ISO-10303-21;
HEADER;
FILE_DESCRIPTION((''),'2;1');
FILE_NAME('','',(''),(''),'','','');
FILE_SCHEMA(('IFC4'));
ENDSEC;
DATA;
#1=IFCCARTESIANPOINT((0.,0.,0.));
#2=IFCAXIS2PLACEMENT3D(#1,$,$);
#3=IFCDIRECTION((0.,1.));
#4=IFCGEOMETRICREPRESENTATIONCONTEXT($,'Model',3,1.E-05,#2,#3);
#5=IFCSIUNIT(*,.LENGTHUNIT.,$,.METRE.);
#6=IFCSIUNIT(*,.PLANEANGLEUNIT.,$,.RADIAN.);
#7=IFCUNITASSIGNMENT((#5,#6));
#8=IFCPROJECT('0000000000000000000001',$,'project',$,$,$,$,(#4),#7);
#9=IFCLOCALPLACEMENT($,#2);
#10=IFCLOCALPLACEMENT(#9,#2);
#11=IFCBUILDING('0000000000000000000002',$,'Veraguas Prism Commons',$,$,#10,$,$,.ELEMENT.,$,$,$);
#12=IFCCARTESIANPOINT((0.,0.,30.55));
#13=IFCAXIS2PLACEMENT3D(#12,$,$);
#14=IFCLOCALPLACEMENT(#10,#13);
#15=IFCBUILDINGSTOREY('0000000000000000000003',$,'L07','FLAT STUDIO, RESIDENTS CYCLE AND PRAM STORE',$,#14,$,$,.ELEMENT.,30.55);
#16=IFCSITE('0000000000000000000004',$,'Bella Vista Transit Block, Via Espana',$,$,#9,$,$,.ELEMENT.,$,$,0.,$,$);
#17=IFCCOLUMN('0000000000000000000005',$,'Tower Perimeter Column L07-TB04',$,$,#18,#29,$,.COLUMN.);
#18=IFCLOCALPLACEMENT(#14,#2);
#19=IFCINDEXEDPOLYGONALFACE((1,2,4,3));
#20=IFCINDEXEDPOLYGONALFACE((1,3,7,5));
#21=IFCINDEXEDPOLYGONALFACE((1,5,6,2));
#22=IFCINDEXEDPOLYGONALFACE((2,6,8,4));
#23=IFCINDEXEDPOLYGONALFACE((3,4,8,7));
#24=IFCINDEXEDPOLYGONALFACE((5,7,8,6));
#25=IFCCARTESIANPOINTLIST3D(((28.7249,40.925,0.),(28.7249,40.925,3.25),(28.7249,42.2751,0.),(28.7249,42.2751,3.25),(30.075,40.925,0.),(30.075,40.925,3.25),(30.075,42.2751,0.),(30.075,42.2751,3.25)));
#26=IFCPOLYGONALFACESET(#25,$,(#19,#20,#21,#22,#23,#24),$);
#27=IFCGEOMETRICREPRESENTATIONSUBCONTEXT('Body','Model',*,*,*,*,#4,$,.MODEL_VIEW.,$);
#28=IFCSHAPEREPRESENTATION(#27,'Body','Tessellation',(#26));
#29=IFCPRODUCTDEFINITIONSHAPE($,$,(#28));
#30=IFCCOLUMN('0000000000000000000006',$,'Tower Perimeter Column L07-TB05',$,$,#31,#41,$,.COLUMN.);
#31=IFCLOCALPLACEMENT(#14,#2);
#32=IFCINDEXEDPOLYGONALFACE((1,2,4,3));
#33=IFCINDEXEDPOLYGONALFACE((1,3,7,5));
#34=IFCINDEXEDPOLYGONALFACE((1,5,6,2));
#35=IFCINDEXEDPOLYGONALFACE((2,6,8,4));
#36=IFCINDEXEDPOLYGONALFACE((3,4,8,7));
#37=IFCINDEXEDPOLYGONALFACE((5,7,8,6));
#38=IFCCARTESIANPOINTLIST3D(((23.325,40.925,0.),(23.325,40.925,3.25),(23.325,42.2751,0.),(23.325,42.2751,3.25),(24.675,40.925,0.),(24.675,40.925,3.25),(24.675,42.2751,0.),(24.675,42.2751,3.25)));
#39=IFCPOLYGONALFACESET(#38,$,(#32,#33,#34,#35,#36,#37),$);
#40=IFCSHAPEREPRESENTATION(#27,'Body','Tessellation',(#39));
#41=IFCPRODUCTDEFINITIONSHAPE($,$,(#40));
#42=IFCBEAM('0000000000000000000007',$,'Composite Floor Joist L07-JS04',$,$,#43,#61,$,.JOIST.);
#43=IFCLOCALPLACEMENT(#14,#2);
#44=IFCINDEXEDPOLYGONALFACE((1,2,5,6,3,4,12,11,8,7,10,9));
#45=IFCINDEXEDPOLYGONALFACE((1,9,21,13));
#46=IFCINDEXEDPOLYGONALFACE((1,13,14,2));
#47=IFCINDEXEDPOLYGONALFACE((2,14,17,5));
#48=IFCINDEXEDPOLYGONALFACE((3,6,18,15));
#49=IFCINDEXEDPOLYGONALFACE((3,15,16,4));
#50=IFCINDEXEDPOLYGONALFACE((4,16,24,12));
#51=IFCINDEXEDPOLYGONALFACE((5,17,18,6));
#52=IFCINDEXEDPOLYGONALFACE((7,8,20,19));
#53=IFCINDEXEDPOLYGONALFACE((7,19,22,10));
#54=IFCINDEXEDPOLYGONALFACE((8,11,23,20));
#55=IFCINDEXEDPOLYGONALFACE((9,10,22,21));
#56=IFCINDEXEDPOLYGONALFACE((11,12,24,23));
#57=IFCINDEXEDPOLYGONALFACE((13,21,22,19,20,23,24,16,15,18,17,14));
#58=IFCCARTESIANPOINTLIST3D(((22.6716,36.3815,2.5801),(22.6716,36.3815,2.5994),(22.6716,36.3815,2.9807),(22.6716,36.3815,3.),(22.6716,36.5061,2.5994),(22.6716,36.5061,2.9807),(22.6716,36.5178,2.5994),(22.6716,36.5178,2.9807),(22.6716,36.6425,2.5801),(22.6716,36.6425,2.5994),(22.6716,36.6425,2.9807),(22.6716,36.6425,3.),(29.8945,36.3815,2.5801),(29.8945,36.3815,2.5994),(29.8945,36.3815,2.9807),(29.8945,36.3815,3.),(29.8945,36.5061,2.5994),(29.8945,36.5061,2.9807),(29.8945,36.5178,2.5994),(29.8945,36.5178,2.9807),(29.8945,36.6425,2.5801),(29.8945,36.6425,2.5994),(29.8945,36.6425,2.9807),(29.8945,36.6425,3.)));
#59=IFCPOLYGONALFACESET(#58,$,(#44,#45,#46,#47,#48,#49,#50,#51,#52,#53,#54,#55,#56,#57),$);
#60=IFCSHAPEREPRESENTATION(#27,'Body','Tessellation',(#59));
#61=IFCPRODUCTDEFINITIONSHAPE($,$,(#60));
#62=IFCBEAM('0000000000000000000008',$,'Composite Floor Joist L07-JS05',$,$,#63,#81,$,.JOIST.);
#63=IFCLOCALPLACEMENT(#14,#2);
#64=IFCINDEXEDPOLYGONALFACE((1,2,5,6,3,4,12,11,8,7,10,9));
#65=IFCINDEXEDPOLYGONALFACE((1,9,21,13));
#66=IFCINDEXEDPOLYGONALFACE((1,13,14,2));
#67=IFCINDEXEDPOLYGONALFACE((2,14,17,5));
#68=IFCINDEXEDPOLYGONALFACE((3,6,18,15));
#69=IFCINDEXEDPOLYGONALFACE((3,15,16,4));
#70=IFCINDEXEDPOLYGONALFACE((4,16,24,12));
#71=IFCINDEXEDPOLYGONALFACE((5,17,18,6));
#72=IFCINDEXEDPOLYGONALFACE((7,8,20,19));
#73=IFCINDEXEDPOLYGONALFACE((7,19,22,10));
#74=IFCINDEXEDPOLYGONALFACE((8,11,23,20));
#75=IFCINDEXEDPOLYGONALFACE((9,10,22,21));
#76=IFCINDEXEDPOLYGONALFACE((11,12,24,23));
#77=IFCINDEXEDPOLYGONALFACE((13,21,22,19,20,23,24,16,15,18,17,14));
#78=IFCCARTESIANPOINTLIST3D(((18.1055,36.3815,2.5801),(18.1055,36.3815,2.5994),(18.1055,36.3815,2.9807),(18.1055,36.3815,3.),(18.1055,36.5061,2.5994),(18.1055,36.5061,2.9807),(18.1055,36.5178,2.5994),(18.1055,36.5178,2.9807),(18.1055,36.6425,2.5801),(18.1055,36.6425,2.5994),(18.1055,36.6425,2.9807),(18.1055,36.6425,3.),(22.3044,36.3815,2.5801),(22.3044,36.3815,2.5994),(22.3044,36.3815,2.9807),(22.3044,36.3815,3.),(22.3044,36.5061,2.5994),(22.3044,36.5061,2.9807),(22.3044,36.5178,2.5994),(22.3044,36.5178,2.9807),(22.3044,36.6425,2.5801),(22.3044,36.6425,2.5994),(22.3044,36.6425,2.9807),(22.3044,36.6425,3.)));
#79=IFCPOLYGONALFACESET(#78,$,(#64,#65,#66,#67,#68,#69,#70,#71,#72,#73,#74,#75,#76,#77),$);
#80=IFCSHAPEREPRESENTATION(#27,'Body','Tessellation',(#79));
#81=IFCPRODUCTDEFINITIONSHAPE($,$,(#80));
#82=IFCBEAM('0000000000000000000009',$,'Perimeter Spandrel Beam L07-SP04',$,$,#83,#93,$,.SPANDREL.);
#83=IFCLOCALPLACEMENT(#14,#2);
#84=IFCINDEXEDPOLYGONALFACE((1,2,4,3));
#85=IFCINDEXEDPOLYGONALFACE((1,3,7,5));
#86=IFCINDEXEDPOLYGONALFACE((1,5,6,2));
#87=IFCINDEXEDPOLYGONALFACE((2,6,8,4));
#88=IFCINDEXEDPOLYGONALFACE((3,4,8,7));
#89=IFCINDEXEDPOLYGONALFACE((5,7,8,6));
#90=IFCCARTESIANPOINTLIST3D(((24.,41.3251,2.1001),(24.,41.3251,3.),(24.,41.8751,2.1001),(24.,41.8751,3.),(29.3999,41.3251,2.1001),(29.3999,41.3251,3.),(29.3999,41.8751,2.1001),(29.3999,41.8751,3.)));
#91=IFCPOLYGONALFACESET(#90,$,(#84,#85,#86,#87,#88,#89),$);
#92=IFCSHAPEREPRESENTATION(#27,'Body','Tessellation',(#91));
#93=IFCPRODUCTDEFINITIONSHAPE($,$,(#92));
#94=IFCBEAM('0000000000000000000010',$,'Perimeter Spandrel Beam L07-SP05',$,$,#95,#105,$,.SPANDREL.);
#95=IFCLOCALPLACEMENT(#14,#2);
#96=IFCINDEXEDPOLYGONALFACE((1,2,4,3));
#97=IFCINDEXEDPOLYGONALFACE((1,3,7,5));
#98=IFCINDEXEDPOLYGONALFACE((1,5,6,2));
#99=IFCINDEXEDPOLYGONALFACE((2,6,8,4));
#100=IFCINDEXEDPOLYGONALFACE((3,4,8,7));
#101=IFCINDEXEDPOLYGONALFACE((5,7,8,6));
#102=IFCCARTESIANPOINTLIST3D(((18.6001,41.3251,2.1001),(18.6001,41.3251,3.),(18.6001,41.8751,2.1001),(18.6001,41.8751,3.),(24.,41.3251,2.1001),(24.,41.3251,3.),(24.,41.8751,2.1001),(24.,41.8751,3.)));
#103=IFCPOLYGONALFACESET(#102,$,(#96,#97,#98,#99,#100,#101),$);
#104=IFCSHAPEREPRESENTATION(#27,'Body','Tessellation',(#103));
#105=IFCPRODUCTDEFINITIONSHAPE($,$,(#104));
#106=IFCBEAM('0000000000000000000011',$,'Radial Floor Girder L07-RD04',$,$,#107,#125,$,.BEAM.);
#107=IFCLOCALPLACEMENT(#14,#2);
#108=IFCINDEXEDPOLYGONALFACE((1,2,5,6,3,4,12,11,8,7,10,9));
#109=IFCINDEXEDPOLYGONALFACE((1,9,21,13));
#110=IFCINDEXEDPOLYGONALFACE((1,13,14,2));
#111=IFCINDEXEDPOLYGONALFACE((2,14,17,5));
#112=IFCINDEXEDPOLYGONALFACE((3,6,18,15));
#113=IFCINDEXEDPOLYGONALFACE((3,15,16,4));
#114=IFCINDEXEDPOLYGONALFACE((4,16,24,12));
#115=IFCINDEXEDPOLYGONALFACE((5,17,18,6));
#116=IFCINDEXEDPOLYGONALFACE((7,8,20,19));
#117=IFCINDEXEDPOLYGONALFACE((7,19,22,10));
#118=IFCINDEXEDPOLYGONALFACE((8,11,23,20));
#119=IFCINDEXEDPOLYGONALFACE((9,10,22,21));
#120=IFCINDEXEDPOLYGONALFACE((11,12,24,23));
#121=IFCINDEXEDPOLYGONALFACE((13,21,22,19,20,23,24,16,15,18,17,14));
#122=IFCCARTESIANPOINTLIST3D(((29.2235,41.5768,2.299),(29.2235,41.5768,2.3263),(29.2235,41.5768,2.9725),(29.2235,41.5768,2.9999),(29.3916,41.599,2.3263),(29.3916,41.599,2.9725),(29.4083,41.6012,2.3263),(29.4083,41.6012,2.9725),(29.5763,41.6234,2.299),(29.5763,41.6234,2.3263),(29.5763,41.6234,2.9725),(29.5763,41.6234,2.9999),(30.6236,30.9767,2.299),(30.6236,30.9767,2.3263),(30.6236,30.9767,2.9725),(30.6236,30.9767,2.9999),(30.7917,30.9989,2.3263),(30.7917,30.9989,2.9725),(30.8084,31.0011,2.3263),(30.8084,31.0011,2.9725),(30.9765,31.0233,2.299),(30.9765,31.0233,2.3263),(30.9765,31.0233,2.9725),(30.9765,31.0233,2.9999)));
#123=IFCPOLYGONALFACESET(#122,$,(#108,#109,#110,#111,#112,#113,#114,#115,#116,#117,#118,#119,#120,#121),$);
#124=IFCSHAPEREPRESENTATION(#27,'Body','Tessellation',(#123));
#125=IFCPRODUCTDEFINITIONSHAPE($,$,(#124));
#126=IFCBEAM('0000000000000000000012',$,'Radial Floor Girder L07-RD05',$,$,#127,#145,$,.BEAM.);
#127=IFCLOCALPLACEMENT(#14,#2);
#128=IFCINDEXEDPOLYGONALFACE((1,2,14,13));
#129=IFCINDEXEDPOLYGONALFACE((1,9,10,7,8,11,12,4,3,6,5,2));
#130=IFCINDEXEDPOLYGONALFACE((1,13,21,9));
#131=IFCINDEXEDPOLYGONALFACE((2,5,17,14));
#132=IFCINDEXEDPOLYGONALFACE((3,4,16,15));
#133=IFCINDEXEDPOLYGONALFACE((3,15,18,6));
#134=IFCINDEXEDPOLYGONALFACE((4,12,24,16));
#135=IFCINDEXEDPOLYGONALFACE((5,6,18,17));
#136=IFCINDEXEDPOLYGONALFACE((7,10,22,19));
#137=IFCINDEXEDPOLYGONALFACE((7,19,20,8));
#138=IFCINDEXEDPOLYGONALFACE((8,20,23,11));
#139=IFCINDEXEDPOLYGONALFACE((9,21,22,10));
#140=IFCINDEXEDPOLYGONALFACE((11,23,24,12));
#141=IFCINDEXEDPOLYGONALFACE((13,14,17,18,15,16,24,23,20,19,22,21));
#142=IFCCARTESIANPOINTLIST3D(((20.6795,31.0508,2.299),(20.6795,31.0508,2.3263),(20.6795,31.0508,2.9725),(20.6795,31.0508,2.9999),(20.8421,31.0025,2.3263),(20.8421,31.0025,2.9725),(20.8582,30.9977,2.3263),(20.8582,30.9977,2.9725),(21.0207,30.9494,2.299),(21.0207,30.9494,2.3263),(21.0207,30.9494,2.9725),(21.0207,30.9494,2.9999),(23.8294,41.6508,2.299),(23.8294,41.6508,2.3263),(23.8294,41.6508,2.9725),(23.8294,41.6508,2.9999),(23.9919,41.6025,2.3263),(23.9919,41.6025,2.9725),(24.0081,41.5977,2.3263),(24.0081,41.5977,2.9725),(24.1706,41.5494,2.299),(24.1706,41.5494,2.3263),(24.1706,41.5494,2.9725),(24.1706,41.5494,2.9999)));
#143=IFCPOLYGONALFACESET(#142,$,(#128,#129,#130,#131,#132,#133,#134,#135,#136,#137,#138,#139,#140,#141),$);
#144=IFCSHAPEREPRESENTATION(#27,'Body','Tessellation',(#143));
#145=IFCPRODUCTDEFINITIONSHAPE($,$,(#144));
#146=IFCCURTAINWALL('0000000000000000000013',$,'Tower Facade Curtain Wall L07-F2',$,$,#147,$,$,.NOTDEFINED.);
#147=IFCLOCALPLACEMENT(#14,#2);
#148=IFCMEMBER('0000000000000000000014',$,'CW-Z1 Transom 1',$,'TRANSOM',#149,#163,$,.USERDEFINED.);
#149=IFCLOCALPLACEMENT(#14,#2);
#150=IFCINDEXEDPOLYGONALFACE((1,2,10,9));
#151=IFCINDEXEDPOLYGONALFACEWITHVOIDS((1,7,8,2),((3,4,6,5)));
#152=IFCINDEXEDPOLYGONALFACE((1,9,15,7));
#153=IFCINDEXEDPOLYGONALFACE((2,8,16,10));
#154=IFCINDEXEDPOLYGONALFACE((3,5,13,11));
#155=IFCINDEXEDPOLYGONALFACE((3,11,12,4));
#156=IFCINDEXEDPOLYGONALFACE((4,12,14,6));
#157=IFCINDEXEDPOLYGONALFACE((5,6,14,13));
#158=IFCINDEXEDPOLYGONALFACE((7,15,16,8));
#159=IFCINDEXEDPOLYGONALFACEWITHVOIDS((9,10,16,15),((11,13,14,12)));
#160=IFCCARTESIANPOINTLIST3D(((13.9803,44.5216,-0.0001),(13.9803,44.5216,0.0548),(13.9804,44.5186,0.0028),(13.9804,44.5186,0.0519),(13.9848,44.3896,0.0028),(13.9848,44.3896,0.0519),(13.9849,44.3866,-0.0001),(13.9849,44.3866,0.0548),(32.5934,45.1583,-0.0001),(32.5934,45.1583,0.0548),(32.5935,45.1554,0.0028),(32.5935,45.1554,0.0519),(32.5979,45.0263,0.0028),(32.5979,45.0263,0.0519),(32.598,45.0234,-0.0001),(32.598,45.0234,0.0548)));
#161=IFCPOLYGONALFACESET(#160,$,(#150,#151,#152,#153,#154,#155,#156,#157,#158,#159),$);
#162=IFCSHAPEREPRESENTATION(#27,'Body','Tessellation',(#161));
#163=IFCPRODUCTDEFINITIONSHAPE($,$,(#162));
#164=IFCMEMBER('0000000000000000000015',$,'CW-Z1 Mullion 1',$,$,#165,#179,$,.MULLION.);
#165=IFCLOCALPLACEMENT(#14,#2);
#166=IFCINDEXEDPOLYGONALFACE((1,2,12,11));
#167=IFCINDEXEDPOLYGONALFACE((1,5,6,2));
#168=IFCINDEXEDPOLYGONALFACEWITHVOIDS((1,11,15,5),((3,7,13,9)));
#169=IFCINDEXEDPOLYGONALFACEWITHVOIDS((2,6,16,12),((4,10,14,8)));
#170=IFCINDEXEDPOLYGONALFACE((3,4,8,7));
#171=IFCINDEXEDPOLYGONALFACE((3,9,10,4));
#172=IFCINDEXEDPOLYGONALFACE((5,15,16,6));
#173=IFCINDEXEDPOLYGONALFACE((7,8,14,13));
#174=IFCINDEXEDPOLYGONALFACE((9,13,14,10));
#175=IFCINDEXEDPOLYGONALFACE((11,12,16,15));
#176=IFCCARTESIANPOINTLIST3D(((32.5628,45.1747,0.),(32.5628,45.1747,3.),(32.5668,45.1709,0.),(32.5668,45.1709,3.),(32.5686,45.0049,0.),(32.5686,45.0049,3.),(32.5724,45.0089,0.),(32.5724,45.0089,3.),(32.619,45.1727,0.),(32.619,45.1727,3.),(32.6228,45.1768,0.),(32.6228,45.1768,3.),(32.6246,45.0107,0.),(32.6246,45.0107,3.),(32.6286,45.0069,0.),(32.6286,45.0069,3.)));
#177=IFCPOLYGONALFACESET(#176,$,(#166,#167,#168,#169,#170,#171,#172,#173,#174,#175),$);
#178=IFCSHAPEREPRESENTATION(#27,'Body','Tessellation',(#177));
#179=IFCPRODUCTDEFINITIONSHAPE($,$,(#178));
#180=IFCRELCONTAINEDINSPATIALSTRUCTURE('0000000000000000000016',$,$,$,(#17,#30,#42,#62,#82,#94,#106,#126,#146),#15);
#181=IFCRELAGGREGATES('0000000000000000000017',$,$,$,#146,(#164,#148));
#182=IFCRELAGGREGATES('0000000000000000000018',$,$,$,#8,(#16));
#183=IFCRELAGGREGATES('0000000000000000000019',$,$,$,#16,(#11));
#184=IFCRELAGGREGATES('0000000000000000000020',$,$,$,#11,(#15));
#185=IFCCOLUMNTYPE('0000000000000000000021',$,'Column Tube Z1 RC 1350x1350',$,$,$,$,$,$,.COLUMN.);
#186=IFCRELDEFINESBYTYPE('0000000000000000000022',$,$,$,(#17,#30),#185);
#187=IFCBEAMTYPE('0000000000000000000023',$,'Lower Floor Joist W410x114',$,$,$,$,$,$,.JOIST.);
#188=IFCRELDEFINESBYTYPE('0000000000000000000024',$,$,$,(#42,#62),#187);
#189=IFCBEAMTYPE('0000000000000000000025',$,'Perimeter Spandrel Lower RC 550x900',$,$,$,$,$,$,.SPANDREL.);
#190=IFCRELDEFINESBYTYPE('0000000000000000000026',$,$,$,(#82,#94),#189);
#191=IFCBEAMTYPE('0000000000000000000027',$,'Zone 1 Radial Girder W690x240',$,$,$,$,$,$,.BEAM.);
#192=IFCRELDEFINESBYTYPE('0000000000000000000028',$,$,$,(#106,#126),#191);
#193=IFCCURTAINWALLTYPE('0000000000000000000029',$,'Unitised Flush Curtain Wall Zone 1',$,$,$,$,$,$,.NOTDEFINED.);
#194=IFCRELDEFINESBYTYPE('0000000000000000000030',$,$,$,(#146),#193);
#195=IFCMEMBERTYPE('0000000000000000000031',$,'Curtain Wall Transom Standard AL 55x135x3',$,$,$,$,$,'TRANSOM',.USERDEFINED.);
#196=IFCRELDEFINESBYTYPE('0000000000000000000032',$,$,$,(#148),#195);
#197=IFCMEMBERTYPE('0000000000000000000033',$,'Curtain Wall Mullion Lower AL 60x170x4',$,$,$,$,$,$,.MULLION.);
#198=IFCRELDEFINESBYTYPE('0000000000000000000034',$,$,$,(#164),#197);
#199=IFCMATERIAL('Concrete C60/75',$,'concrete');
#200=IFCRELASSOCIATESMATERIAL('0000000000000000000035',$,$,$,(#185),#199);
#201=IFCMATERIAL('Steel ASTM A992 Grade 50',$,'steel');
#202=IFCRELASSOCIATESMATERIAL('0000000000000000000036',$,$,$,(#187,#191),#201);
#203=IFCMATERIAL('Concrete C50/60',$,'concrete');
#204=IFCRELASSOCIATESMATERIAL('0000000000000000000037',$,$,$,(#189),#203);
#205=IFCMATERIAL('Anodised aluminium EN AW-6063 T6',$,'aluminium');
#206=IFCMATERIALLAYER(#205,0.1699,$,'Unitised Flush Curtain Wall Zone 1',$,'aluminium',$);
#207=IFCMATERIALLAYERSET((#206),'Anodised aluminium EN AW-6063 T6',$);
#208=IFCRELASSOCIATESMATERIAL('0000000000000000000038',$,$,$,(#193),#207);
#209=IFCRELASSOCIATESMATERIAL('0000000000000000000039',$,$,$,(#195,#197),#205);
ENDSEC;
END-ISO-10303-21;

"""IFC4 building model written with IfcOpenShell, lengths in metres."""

from ifc_helpers import new_model, si_unit, direction, frame, origin, origin_2d, place, context, subcontext, project, spatial, rectangle, hollow_rectangle, i_section, extrude, source, transform, mapped, material, layer, layer_set, material_profile, profile_set, type_object, element, aggregate, save


model = new_model("IFC4")

# Units and contexts
model_context = context("Model", 3, precision=1e-05, world=origin(), true_north=direction((0.0, 1.0)))
body_context = subcontext(model_context, "Body", "Model", "MODEL_VIEW")
ifc_project = project(units=[si_unit("LENGTHUNIT", "METRE"), si_unit("PLANEANGLEUNIT", "RADIAN")], contexts=[model_context])

# Site, building, storey
site_placement = place(None, origin())
site = spatial("IfcSite", under=ifc_project, at=site_placement, Name="Bella Vista Transit Block, Via Espana", CompositionType="ELEMENT", RefElevation=0.0)
building_placement = place(site_placement, origin())
building = spatial("IfcBuilding", under=site, at=building_placement, Name="Veraguas Prism Commons", CompositionType="ELEMENT")
storey_placement = place(building_placement, frame((0.0, 0.0, 30.55)))
storey = spatial("IfcBuildingStorey", under=building, at=storey_placement, Name="L07", Description="FLAT STUDIO, RESIDENTS CYCLE AND PRAM STORE", CompositionType="ELEMENT", Elevation=30.55)

# Columns
ifc_material_1 = material(Name="Concrete C60/75", Category="concrete")
ifc_material_profile_1 = material_profile(ifc_material_1, rectangle(XDim=1.3501, YDim=1.3501, at=origin_2d()), Name="RC1350X1350")
ifc_profile_set_1 = profile_set([ifc_material_profile_1], Name="Concrete C60/75")
column_type = type_object("IfcColumnType", Name="Column Tube Z1 RC 1350x1350", PredefinedType="COLUMN", material=ifc_profile_set_1)
for number, where, z_axis, x_axis, name in (
    (1, (29.3999, 41.6001, 0.0), (0.0, 0.0, 1.0), (1.0, 0.0, 0.0), "Tower Perimeter Column L07-TB04"),
    (2, (24.0, 41.6001, 0.0), (0.0, 0.0, 1.0), (1.0, 0.0, 0.0), "Tower Perimeter Column L07-TB05"),
):
    element("IfcColumn", number, at=place(storey_placement, frame(where, z_axis=z_axis, x_axis=x_axis)), inside=storey, type_object=column_type, Name=name, PredefinedType="COLUMN", context=body_context, shape_type="SweptSolid", body=[
        extrude(rectangle(XDim=1.3501, YDim=1.3501, at=origin_2d()), origin(), (0.0, 0.0, 1.0), 3.25),
    ])

# Beams
ifc_material_2 = material(Name="Steel ASTM A992 Grade 50", Category="steel")
ifc_material_profile_2 = material_profile(ifc_material_2, i_section(OverallWidth=0.261, OverallDepth=0.4199, WebThickness=0.0117, FlangeThickness=0.0193, at=origin_2d()), Name="W410X114")
ifc_profile_set_2 = profile_set([ifc_material_profile_2], Name="Steel ASTM A992 Grade 50")
beam_type_1 = type_object("IfcBeamType", Name="Lower Floor Joist W410x114", PredefinedType="JOIST", material=ifc_profile_set_2)
beam_1_placement = place(storey_placement, frame((29.8945, 36.512, 2.79), z_axis=(-1.0, 0.0, 0.0), x_axis=(0.0, -1.0, 0.0)))
element("IfcBeam", 3, at=beam_1_placement, inside=storey, type_object=beam_type_1, Name="Composite Floor Joist L07-JS04", PredefinedType="JOIST", context=body_context, shape_type="SweptSolid", body=[
    extrude(i_section(OverallWidth=0.261, OverallDepth=0.4199, WebThickness=0.0117, FlangeThickness=0.0193, at=origin_2d()), origin(), (0.0, 0.0, 1.0), 7.2229),
])
beam_2_placement = place(storey_placement, frame((22.3044, 36.512, 2.79), z_axis=(-1.0, 0.0, 0.0), x_axis=(0.0, -1.0, 0.0)))
element("IfcBeam", 4, at=beam_2_placement, inside=storey, type_object=beam_type_1, Name="Composite Floor Joist L07-JS05", PredefinedType="JOIST", context=body_context, shape_type="SweptSolid", body=[
    extrude(i_section(OverallWidth=0.261, OverallDepth=0.4199, WebThickness=0.0117, FlangeThickness=0.0193, at=origin_2d()), origin(), (0.0, 0.0, 1.0), 4.199),
])
ifc_material_3 = material(Name="Concrete C50/60", Category="concrete")
ifc_material_profile_3 = material_profile(ifc_material_3, rectangle(XDim=0.55, YDim=0.8999, at=origin_2d()), Name="RC550X900")
ifc_profile_set_3 = profile_set([ifc_material_profile_3], Name="Concrete C50/60")
beam_type_2 = type_object("IfcBeamType", Name="Perimeter Spandrel Lower RC 550x900", PredefinedType="SPANDREL", material=ifc_profile_set_3)
for number, where, z_axis, x_axis, name in (
    (5, (29.3999, 41.6001, 2.55), (-1.0, 0.0, 0.0), (0.0, -1.0, 0.0), "Perimeter Spandrel Beam L07-SP04"),
    (6, (24.0, 41.6001, 2.55), (-1.0, 0.0, 0.0), (0.0, -1.0, 0.0), "Perimeter Spandrel Beam L07-SP05"),
):
    element("IfcBeam", number, at=place(storey_placement, frame(where, z_axis=z_axis, x_axis=x_axis)), inside=storey, type_object=beam_type_2, Name=name, PredefinedType="SPANDREL", context=body_context, shape_type="SweptSolid", body=[
        extrude(rectangle(XDim=0.55, YDim=0.8999, at=origin_2d()), origin(), (0.0, 0.0, 1.0), 5.3999),
    ])
ifc_material_profile_4 = material_profile(ifc_material_2, i_section(OverallWidth=0.356, OverallDepth=0.7009, WebThickness=0.0168, FlangeThickness=0.0273, at=origin_2d()), Name="W690X240")
ifc_profile_set_4 = profile_set([ifc_material_profile_4], Name="Steel ASTM A992 Grade 50")
beam_type_3 = type_object("IfcBeamType", Name="Zone 1 Radial Girder W690x240", PredefinedType="BEAM", material=ifc_profile_set_4)
beam_3_placement = place(storey_placement, frame((29.3999, 41.6001, 2.6494), z_axis=(0.130951, -0.991389, 0.0), x_axis=(0.991389, 0.130951, 0.0)))
element("IfcBeam", 7, at=beam_3_placement, inside=storey, type_object=beam_type_3, Name="Radial Floor Girder L07-RD04", PredefinedType="BEAM", context=body_context, shape_type="SweptSolid", body=[
    extrude(i_section(OverallWidth=0.356, OverallDepth=0.7009, WebThickness=0.0168, FlangeThickness=0.0273, at=origin_2d()), origin(), (0.0, 0.0, 1.0), 10.6921),
])
beam_4_placement = place(storey_placement, frame((24.0, 41.6001, 2.6494), z_axis=(-0.284847, -0.958573, 0.0), x_axis=(0.958573, -0.284847, 0.0)))
element("IfcBeam", 8, at=beam_4_placement, inside=storey, type_object=beam_type_3, Name="Radial Floor Girder L07-RD05", PredefinedType="BEAM", context=body_context, shape_type="SweptSolid", body=[
    extrude(i_section(OverallWidth=0.356, OverallDepth=0.7009, WebThickness=0.0168, FlangeThickness=0.0273, at=origin_2d()), origin(), (0.0, 0.0, 1.0), 11.0581),
])

# Curtain wall, members
ifc_material_4 = material(Name="Anodised aluminium EN AW-6063 T6", Category="aluminium")
ifc_layer_1 = layer(ifc_material_4, 0.1699, Name="Unitised Flush Curtain Wall Zone 1", Category="aluminium")
ifc_layer_set_1 = layer_set([ifc_layer_1], Name="Anodised aluminium EN AW-6063 T6")
curtain_wall_type = type_object("IfcCurtainWallType", Name="Unitised Flush Curtain Wall Zone 1", PredefinedType="NOTDEFINED", material=ifc_layer_set_1)
curtain_wall_placement = place(storey_placement, origin())
curtain_wall = element("IfcCurtainWall", 9, at=curtain_wall_placement, inside=storey, type_object=curtain_wall_type, Name="Tower Facade Curtain Wall L07-F2", PredefinedType="NOTDEFINED")
ifc_material_profile_5 = material_profile(ifc_material_4, hollow_rectangle(XDim=0.0549, YDim=0.135, WallThickness=0.0029, at=origin_2d()), Name="AL55X135X3")
ifc_profile_set_5 = profile_set([ifc_material_profile_5], Name="Anodised aluminium EN AW-6063 T6")
member_type_1 = type_object("IfcMemberType", Name="Curtain Wall Transom Standard AL 55x135x3", ElementType="TRANSOM", PredefinedType="USERDEFINED", material=ifc_profile_set_5)
shared_shape_1 = source(origin(), body_context, "Body", "SweptSolid", [
    extrude(hollow_rectangle(XDim=0.0549, YDim=0.135, WallThickness=0.0029, at=origin_2d()), origin(), (0.0, 0.0, 1.0), 18.624),
])
member_1_placement = place(storey_placement, frame((32.5957, 45.0908, 0.0273), z_axis=(-0.999415, -0.034188, 0.0), x_axis=(0.0, 0.0, 1.0)))
member_1 = element("IfcMember", 10, at=member_1_placement, type_object=member_type_1, Name="CW-Z1 Transom 1", ObjectType="TRANSOM", PredefinedType="USERDEFINED", context=body_context, shape_type="MappedRepresentation", body=[
    mapped(shared_shape_1, transform((0.0, 0.0, 0.0), scale=1.0)),
])
ifc_material_profile_6 = material_profile(ifc_material_4, hollow_rectangle(XDim=0.0601, YDim=0.1699, WallThickness=0.0039, at=origin_2d()), Name="AL60X170X4")
ifc_profile_set_6 = profile_set([ifc_material_profile_6], Name="Anodised aluminium EN AW-6063 T6")
member_type_2 = type_object("IfcMemberType", Name="Curtain Wall Mullion Lower AL 60x170x4", PredefinedType="MULLION", material=ifc_profile_set_6)
shared_shape_2 = source(origin(), body_context, "Body", "SweptSolid", [
    extrude(hollow_rectangle(XDim=0.0601, YDim=0.1699, WallThickness=0.0039, at=origin_2d()), origin(), (0.0, 0.0, 1.0), 3.0),
])
member_2_placement = place(storey_placement, frame((32.5957, 45.0908, 0.0), z_axis=(0.0, 0.0, 1.0), x_axis=(-0.999415, -0.034195, 0.0)))
member_2 = element("IfcMember", 11, at=member_2_placement, type_object=member_type_2, Name="CW-Z1 Mullion 1", PredefinedType="MULLION", context=body_context, shape_type="MappedRepresentation", body=[
    mapped(shared_shape_2, transform((0.0, 0.0, 0.0), scale=1.0)),
])
aggregate(curtain_wall, [member_2, member_1])

save(model, "model.ifc")
